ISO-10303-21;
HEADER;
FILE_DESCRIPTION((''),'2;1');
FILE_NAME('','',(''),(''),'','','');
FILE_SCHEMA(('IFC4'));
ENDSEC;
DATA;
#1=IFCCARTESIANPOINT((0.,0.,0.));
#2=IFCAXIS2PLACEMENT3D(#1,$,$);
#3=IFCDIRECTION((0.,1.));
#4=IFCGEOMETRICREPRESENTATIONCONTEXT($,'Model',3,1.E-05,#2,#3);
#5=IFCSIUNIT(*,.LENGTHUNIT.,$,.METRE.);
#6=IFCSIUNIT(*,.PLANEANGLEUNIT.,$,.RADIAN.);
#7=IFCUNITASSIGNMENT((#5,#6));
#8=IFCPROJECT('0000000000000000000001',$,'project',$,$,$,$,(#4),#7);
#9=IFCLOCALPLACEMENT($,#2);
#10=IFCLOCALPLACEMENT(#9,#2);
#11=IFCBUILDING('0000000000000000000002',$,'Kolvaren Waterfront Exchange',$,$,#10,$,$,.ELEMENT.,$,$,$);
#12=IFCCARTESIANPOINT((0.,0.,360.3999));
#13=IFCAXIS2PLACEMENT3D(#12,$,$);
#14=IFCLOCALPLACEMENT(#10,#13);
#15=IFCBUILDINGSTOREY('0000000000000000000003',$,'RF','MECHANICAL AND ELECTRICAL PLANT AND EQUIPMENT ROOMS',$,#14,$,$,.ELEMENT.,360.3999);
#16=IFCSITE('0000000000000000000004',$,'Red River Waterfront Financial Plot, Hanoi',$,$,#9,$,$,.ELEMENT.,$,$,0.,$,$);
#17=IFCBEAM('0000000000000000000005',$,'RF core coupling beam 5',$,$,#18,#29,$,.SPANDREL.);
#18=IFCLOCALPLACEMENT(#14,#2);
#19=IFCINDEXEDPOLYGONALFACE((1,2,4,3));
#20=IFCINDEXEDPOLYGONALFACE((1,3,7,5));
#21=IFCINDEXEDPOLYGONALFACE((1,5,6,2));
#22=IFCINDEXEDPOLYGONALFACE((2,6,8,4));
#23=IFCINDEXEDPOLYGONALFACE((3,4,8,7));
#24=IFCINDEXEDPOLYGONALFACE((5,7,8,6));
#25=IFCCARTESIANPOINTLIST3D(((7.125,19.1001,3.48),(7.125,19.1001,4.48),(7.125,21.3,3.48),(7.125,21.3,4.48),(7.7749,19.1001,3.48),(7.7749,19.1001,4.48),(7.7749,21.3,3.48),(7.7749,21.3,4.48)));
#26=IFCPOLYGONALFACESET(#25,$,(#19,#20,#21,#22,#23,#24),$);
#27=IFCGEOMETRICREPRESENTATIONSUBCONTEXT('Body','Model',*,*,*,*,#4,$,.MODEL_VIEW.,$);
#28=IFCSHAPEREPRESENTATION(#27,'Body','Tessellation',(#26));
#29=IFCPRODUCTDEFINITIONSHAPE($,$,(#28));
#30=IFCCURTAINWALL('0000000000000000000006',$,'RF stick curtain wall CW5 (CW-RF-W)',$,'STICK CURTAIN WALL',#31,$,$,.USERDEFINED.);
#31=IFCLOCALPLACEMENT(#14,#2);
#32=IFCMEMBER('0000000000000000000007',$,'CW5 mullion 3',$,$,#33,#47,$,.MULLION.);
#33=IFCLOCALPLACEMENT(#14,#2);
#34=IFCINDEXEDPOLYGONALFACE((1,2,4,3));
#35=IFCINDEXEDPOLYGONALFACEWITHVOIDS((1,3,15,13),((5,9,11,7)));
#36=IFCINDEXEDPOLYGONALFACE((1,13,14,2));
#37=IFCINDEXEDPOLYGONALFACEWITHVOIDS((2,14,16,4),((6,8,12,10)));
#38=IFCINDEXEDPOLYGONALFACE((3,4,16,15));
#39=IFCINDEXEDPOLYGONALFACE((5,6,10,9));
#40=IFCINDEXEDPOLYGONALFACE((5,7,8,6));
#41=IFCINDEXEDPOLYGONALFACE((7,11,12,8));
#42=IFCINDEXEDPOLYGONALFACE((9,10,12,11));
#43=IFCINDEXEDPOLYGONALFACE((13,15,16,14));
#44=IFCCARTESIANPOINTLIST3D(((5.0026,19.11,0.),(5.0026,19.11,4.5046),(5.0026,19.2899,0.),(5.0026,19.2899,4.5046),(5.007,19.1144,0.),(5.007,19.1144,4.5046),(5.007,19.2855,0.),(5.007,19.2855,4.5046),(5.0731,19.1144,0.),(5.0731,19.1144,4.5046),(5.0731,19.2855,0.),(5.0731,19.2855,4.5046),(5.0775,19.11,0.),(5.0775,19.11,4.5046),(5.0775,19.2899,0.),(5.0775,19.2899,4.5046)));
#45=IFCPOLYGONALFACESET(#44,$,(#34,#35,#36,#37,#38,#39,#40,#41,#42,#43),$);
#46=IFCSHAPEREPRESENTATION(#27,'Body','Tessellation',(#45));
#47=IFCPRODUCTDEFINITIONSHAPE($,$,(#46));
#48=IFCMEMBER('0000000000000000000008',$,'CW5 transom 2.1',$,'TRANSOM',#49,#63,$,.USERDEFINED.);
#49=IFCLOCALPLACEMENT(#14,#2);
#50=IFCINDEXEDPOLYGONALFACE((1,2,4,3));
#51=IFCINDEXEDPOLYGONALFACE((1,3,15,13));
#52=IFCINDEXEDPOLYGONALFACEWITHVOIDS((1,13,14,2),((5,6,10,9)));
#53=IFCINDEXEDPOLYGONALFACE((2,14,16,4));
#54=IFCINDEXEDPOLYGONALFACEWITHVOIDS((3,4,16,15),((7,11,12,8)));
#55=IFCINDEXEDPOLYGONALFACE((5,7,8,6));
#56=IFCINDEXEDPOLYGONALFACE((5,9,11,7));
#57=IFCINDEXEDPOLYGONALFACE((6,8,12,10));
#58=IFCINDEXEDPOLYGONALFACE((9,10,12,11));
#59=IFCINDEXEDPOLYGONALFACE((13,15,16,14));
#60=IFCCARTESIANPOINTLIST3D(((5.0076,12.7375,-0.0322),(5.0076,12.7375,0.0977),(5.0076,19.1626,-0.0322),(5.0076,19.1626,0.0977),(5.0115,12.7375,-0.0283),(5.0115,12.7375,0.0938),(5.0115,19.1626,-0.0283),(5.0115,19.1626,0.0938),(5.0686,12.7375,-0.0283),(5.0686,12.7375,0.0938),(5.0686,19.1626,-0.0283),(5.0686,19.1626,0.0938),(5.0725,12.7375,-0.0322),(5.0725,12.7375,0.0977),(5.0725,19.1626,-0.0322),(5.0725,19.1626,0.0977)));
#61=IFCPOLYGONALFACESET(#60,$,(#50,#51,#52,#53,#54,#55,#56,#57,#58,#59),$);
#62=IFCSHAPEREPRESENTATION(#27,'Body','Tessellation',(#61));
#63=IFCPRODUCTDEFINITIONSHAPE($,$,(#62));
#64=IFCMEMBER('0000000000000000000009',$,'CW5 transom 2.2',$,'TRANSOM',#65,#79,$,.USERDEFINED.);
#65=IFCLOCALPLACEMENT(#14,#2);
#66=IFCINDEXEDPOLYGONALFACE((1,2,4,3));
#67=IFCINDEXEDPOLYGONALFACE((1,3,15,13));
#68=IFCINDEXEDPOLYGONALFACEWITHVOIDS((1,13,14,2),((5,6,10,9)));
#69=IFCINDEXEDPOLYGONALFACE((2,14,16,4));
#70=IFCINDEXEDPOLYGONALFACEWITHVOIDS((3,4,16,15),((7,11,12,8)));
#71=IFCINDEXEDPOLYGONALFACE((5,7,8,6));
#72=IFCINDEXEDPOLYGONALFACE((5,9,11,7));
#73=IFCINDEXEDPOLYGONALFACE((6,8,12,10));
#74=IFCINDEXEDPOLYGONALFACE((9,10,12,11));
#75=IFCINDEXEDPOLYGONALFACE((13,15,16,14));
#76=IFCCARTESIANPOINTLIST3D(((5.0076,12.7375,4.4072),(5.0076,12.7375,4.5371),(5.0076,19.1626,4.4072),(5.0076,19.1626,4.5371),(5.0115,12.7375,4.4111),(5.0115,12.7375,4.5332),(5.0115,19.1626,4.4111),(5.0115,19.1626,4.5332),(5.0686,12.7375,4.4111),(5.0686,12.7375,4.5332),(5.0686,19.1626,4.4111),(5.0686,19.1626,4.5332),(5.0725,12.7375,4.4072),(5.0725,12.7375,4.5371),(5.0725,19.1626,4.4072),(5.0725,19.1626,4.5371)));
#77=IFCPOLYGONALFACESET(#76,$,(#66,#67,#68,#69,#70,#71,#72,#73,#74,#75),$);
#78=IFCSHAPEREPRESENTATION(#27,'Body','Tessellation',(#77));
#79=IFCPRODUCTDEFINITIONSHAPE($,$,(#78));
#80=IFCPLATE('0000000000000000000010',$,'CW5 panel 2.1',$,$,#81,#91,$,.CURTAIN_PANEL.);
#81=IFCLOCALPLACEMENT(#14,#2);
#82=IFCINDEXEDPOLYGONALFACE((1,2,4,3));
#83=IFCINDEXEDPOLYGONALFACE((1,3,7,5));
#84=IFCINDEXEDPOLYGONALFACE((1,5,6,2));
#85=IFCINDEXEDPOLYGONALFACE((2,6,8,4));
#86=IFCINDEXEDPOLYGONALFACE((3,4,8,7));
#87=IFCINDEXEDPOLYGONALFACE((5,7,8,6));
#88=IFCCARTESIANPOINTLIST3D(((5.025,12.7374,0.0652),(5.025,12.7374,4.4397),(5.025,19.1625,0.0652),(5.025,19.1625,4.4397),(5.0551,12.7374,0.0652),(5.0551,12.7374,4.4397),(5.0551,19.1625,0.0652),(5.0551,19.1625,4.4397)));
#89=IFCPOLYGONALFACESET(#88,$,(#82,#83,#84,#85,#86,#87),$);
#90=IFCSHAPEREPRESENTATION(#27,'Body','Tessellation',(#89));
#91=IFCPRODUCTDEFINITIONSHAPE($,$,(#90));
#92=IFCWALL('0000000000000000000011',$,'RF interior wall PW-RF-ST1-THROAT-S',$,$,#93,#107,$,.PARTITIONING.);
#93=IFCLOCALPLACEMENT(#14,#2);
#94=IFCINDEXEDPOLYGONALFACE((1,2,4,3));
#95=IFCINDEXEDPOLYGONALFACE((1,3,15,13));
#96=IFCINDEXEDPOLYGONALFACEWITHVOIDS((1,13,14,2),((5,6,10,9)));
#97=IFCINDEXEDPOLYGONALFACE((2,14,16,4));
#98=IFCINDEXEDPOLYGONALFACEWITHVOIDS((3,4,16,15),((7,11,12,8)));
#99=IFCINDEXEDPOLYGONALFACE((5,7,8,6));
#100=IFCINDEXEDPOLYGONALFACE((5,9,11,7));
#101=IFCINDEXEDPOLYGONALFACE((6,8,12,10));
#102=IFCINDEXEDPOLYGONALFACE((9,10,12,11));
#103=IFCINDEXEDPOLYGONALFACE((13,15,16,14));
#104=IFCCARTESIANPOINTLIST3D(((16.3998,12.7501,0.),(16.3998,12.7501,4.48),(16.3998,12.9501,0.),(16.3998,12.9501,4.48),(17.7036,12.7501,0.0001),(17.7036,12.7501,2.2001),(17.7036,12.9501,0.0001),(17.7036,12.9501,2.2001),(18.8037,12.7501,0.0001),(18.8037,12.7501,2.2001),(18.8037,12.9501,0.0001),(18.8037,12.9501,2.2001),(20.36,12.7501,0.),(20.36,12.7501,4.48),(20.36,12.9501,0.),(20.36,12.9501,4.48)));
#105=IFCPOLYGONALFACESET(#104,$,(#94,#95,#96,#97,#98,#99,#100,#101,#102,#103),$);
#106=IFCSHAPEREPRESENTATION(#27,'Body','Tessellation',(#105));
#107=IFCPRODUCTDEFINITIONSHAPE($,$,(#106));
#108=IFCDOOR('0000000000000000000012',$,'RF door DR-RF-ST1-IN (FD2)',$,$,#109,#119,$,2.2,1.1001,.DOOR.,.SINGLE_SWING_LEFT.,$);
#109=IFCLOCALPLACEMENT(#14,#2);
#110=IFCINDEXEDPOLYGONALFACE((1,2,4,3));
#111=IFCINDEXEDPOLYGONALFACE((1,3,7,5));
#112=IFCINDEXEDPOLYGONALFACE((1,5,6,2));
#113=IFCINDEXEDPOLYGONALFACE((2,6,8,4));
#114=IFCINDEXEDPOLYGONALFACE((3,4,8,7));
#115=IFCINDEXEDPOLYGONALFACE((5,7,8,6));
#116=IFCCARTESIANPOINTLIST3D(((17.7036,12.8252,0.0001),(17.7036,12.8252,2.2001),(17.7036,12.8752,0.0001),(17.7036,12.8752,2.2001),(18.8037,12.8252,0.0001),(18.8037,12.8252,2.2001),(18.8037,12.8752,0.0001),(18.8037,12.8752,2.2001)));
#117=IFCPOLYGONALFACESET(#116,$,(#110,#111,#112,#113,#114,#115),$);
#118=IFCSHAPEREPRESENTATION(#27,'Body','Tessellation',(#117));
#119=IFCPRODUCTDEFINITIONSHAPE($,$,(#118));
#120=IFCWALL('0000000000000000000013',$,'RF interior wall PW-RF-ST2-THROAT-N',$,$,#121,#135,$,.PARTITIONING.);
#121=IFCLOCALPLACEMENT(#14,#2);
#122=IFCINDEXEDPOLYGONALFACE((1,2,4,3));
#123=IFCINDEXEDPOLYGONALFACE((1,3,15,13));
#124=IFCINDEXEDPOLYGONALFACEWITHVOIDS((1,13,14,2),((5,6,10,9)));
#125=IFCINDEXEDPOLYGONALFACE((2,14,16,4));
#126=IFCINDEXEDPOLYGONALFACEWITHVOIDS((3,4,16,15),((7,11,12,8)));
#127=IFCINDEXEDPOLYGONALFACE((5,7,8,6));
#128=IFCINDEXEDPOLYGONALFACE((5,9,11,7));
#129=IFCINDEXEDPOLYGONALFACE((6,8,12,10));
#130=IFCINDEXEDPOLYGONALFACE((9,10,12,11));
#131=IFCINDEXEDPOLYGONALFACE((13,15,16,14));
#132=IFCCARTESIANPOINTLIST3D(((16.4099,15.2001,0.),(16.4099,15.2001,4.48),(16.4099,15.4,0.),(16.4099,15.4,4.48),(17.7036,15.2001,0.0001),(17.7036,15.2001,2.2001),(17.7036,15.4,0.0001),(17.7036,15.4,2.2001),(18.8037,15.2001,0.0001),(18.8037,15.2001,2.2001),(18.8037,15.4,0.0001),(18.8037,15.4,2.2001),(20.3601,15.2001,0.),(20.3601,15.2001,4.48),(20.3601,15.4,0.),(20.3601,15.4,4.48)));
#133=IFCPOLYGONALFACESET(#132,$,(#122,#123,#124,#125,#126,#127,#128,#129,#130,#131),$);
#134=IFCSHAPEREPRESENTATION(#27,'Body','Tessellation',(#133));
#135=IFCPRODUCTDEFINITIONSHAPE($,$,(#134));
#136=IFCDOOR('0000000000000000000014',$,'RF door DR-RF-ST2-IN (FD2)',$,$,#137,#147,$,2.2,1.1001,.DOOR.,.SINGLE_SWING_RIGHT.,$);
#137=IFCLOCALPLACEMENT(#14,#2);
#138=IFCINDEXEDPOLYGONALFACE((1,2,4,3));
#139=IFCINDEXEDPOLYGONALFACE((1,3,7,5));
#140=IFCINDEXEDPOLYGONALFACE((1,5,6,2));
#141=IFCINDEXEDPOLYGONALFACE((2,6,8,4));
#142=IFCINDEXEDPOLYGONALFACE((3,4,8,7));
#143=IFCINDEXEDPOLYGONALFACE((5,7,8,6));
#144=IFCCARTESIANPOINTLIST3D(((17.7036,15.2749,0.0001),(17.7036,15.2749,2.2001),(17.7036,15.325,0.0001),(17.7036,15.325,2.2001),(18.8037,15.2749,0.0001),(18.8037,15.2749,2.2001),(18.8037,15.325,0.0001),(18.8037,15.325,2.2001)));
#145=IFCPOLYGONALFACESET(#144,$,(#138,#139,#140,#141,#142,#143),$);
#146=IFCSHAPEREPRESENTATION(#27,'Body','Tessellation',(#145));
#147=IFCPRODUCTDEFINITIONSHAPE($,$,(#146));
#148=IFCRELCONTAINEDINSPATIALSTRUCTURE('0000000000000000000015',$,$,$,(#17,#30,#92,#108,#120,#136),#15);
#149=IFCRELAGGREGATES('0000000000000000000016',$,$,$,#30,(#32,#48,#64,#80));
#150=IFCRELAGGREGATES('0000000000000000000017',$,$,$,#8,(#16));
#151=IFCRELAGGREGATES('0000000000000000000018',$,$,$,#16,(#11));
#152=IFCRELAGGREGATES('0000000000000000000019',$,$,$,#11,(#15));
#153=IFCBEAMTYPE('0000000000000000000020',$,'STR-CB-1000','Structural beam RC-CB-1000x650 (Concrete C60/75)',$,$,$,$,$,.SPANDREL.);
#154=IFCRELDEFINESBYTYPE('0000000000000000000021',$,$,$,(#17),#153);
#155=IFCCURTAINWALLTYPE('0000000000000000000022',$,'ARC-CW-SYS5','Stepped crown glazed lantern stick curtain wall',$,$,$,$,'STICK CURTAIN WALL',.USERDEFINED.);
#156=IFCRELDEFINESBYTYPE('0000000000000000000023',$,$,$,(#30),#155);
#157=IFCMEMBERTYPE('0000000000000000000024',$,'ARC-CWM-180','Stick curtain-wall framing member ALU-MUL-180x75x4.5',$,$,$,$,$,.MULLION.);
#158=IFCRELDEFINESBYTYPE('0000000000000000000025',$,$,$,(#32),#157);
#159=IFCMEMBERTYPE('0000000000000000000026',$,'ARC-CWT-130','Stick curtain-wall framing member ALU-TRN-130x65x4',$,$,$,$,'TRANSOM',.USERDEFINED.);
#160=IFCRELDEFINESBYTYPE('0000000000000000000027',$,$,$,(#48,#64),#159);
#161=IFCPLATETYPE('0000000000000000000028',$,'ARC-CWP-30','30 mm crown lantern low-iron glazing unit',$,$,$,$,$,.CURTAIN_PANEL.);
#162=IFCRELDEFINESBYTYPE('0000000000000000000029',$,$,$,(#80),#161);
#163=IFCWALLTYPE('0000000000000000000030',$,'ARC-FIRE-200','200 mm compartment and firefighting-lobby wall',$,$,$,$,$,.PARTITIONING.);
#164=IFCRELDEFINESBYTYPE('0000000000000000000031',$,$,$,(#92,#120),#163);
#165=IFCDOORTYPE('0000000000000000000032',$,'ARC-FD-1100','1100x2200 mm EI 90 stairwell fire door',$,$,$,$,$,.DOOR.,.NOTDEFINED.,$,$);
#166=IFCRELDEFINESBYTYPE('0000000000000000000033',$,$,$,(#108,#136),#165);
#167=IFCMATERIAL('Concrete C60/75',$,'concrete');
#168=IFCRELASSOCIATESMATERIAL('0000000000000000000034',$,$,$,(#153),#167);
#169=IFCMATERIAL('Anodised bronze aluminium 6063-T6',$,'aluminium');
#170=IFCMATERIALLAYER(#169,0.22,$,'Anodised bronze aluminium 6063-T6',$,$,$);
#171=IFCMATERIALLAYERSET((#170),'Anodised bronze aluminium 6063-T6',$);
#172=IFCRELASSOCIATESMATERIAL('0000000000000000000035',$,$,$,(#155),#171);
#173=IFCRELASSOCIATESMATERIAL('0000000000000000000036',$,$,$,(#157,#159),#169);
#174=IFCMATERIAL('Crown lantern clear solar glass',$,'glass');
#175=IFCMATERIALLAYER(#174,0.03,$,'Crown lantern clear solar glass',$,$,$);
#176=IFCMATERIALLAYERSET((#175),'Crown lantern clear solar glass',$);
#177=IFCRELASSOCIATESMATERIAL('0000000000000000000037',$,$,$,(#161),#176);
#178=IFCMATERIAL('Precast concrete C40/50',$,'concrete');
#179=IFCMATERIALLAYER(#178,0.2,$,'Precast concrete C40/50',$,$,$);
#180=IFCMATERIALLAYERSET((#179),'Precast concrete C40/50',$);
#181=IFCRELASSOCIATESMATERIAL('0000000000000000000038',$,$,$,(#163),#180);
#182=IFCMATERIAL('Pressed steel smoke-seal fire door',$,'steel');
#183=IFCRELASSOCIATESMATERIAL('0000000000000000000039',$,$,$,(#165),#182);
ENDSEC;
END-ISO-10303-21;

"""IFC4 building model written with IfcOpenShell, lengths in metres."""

from ifc_helpers import new_model, si_unit, direction, frame, frame_2d, origin, origin_with_axes, origin_2d, place, context, subcontext, project, spatial, rectangle, hollow_rectangle, extrude, source, transform, mapped, material, layer, layer_set, material_profile, profile_set, type_object, element, fill, aggregate, save


model = new_model("IFC4")

# Units and contexts
model_context = context("Model", 3, precision=1e-05, world=origin(), true_north=direction((0.0, 1.0)))
body_context = subcontext(model_context, "Body", "Model", "MODEL_VIEW")
ifc_project = project(units=[si_unit("LENGTHUNIT", "METRE"), si_unit("PLANEANGLEUNIT", "RADIAN")], contexts=[model_context])

# Site, building, storey
site_placement = place(None, origin())
site = spatial("IfcSite", under=ifc_project, at=site_placement, Name="Red River Waterfront Financial Plot, Hanoi", CompositionType="ELEMENT", RefElevation=0.0)
building_placement = place(site_placement, origin())
building = spatial("IfcBuilding", under=site, at=building_placement, Name="Kolvaren Waterfront Exchange", CompositionType="ELEMENT")
storey_placement = place(building_placement, frame((0.0, 0.0, 360.3999)))
storey = spatial("IfcBuildingStorey", under=building, at=storey_placement, Name="RF", Description="MECHANICAL AND ELECTRICAL PLANT AND EQUIPMENT ROOMS", CompositionType="ELEMENT", Elevation=360.3999)

# Beam
ifc_material_1 = material(Name="Concrete C60/75", Category="concrete")
ifc_material_profile_1 = material_profile(ifc_material_1, rectangle(XDim=0.6499, YDim=1.0, at=origin_2d()), Name="RC-CB-1000x650")
ifc_profile_set_1 = profile_set([ifc_material_profile_1], Name="Concrete C60/75")
beam_type = type_object("IfcBeamType", Name="STR-CB-1000", Description="Structural beam RC-CB-1000x650 (Concrete C60/75)", PredefinedType="SPANDREL", material=ifc_profile_set_1)
beam_placement = place(storey_placement, frame((7.45, 19.1001, 3.98), z_axis=(0.0, 1.0, 0.0), x_axis=(-1.0, 0.0, 0.0)))
element("IfcBeam", 1, at=beam_placement, inside=storey, type_object=beam_type, Name="RF core coupling beam 5", PredefinedType="SPANDREL", context=body_context, shape_type="SweptSolid", body=[
    extrude(rectangle(XDim=0.6499, YDim=1.0, at=origin_2d()), origin(), (0.0, 0.0, 1.0), 2.2),
])

# Curtain wall, members, plate
ifc_material_2 = material(Name="Anodised bronze aluminium 6063-T6", Category="aluminium")
ifc_layer_1 = layer(ifc_material_2, 0.22, Name="Anodised bronze aluminium 6063-T6")
ifc_layer_set_1 = layer_set([ifc_layer_1], Name="Anodised bronze aluminium 6063-T6")
curtain_wall_type = type_object("IfcCurtainWallType", Name="ARC-CW-SYS5", Description="Stepped crown glazed lantern stick curtain wall", ElementType="STICK CURTAIN WALL", PredefinedType="USERDEFINED", material=ifc_layer_set_1)
curtain_wall_placement = place(storey_placement, origin())
curtain_wall = element("IfcCurtainWall", 2, at=curtain_wall_placement, inside=storey, type_object=curtain_wall_type, Name="RF stick curtain wall CW5 (CW-RF-W)", ObjectType="STICK CURTAIN WALL", PredefinedType="USERDEFINED")
ifc_material_profile_2 = material_profile(ifc_material_2, hollow_rectangle(XDim=0.075, YDim=0.1799, WallThickness=0.0044, at=origin_2d()), Name="ALU-MUL-180x75x4.5")
ifc_profile_set_2 = profile_set([ifc_material_profile_2], Name="Anodised bronze aluminium 6063-T6")
member_type_1 = type_object("IfcMemberType", Name="ARC-CWM-180", Description="Stick curtain-wall framing member ALU-MUL-180x75x4.5", PredefinedType="MULLION", material=ifc_profile_set_2)
shared_shape_1 = source(origin_with_axes(), body_context, "Body", "SweptSolid", [
    extrude(hollow_rectangle(XDim=0.075, YDim=0.1799, WallThickness=0.0044, at=origin_2d()), origin(), (0.0, 0.0, 1.0), 4.5046),
])
member_1_placement = place(storey_placement, frame((5.04, 19.2, 0.0), z_axis=(0.0, 0.0, 1.0), x_axis=(-1.0, 0.0, 0.0)))
member_1 = element("IfcMember", 3, at=member_1_placement, type_object=member_type_1, Name="CW5 mullion 3", PredefinedType="MULLION", context=body_context, shape_type="MappedRepresentation", body=[
    mapped(shared_shape_1, transform((0.0, 0.0, 0.0), x_axis=(1.0, 0.0, 0.0), y_axis=(0.0, 1.0, 0.0), z_axis=(0.0, 0.0, 1.0), scale=1.0)),
])
ifc_material_profile_3 = material_profile(ifc_material_2, hollow_rectangle(XDim=0.0649, YDim=0.1299, WallThickness=0.0039, at=origin_2d()), Name="ALU-TRN-130x65x4")
ifc_profile_set_3 = profile_set([ifc_material_profile_3], Name="Anodised bronze aluminium 6063-T6")
member_type_2 = type_object("IfcMemberType", Name="ARC-CWT-130", Description="Stick curtain-wall framing member ALU-TRN-130x65x4", ElementType="TRANSOM", PredefinedType="USERDEFINED", material=ifc_profile_set_3)
shared_shape_2 = source(origin_with_axes(), body_context, "Body", "SweptSolid", [
    extrude(hollow_rectangle(XDim=0.0649, YDim=0.1299, WallThickness=0.0039, at=origin_2d()), origin(), (0.0, 0.0, 1.0), 6.425),
])
member_2_placement = place(storey_placement, frame((5.04, 12.7375, 0.0327), z_axis=(0.0, 1.0, 0.0), x_axis=(-1.0, 0.0, 0.0)))
member_2 = element("IfcMember", 4, at=member_2_placement, type_object=member_type_2, Name="CW5 transom 2.1", ObjectType="TRANSOM", PredefinedType="USERDEFINED", context=body_context, shape_type="MappedRepresentation", body=[
    mapped(shared_shape_2, transform((0.0, 0.0, 0.0), x_axis=(1.0, 0.0, 0.0), y_axis=(0.0, 1.0, 0.0), z_axis=(0.0, 0.0, 1.0), scale=1.0)),
])
member_3_placement = place(storey_placement, frame((5.04, 12.7375, 4.4722), z_axis=(0.0, 1.0, 0.0), x_axis=(-1.0, 0.0, 0.0)))
member_3 = element("IfcMember", 5, at=member_3_placement, type_object=member_type_2, Name="CW5 transom 2.2", ObjectType="TRANSOM", PredefinedType="USERDEFINED", context=body_context, shape_type="MappedRepresentation", body=[
    mapped(shared_shape_2, transform((0.0, 0.0, 0.0), x_axis=(1.0, 0.0, 0.0), y_axis=(0.0, 1.0, 0.0), z_axis=(0.0, 0.0, 1.0), scale=1.0)),
])
ifc_material_3 = material(Name="Crown lantern clear solar glass", Category="glass")
ifc_layer_2 = layer(ifc_material_3, 0.03, Name="Crown lantern clear solar glass")
ifc_layer_set_2 = layer_set([ifc_layer_2], Name="Crown lantern clear solar glass")
plate_type = type_object("IfcPlateType", Name="ARC-CWP-30", Description="30 mm crown lantern low-iron glazing unit", PredefinedType="CURTAIN_PANEL", material=ifc_layer_set_2)
shared_shape_3 = source(origin_with_axes(), body_context, "Body", "SweptSolid", [
    extrude(rectangle(XDim=6.425, YDim=0.03, at=origin_2d()), origin(), (0.0, 0.0, 1.0), 4.3745),
])
plate_placement = place(storey_placement, frame((5.04, 15.95, 0.0652), z_axis=(0.0, 0.0, 1.0), x_axis=(0.0, 1.0, 0.0)))
plate = element("IfcPlate", 6, at=plate_placement, type_object=plate_type, Name="CW5 panel 2.1", PredefinedType="CURTAIN_PANEL", context=body_context, shape_type="MappedRepresentation", body=[
    mapped(shared_shape_3, transform((0.0, 0.0, 0.0), x_axis=(1.0, 0.0, 0.0), y_axis=(0.0, 1.0, 0.0), z_axis=(0.0, 0.0, 1.0), scale=1.0)),
])
aggregate(curtain_wall, [member_1, member_2, member_3, plate])

# Walls, openings, doors
ifc_material_4 = material(Name="Precast concrete C40/50", Category="concrete")
ifc_layer_3 = layer(ifc_material_4, 0.2, Name="Precast concrete C40/50")
ifc_layer_set_3 = layer_set([ifc_layer_3], Name="Precast concrete C40/50")
wall_type_1 = type_object("IfcWallType", Name="ARC-FIRE-200", Description="200 mm compartment and firefighting-lobby wall", PredefinedType="PARTITIONING", material=ifc_layer_set_3)
wall_1_placement = place(storey_placement, frame((16.3999, 12.8501, 0.0), z_axis=(0.0, 0.0, 1.0), x_axis=(1.0, 0.0, 0.0)))
wall_1 = element("IfcWall", 7, at=wall_1_placement, inside=storey, type_object=wall_type_1, Name="RF interior wall PW-RF-ST1-THROAT-S", PredefinedType="PARTITIONING", context=body_context, shape_type="SweptSolid", body=[
    extrude(rectangle(XDim=3.9602, YDim=0.2, at=frame_2d((1.98, 0.0))), origin(), (0.0, 0.0, 1.0), 4.48),
])
opening_1_placement = place(wall_1_placement, frame((1.3037, 0.0, 0.0)))
opening_1 = element("IfcOpeningElement", 8, at=opening_1_placement, cuts=wall_1, PredefinedType="OPENING", context=body_context, shape_type="SweptSolid", body=[
    extrude(rectangle(XDim=1.1001, YDim=2.2, at=frame_2d((0.55, 1.1001))), frame((0.0, 0.1099, 0.0), z_axis=(0.0, -1.0, 0.0), x_axis=(1.0, 0.0, 0.0)), (0.0, 0.0, 1.0), 0.22),
])
ifc_material_5 = material(Name="Pressed steel smoke-seal fire door", Category="steel")
door_type_1 = type_object("IfcDoorType", Name="ARC-FD-1100", Description="1100x2200 mm EI 90 stairwell fire door", OperationType="NOTDEFINED", PredefinedType="DOOR", material=ifc_material_5)
door_1_placement = place(opening_1_placement, frame((1.1001, 0.0, 0.0), z_axis=(0.0, 0.0, 1.0), x_axis=(-1.0, 0.0, 0.0)))
door_1 = element("IfcDoor", 9, at=door_1_placement, inside=storey, type_object=door_type_1, Name="RF door DR-RF-ST1-IN (FD2)", OperationType="SINGLE_SWING_LEFT", OverallHeight=2.2, OverallWidth=1.1001, PredefinedType="DOOR", context=body_context, shape_type="SweptSolid", body=[
    extrude(rectangle(XDim=1.1001, YDim=2.2, at=frame_2d((0.55, 1.1001))), frame((0.0, 0.0249, 0.0), z_axis=(0.0, -1.0, 0.0), x_axis=(1.0, 0.0, 0.0)), (0.0, 0.0, 1.0), 0.05),
])
fill(opening_1, door_1)
wall_2_placement = place(storey_placement, frame((16.4099, 15.3, 0.0), z_axis=(0.0, 0.0, 1.0), x_axis=(1.0, 0.0, 0.0)))
wall_2 = element("IfcWall", 10, at=wall_2_placement, inside=storey, type_object=wall_type_1, Name="RF interior wall PW-RF-ST2-THROAT-N", PredefinedType="PARTITIONING", context=body_context, shape_type="SweptSolid", body=[
    extrude(rectangle(XDim=3.9502, YDim=0.2, at=frame_2d((1.9751, 0.0))), origin(), (0.0, 0.0, 1.0), 4.48),
])
opening_2_placement = place(wall_2_placement, frame((1.2937, 0.0, 0.0)))
opening_2 = element("IfcOpeningElement", 11, at=opening_2_placement, cuts=wall_2, PredefinedType="OPENING", context=body_context, shape_type="SweptSolid", body=[
    extrude(rectangle(XDim=1.1001, YDim=2.2, at=frame_2d((0.55, 1.1001))), frame((0.0, 0.1099, 0.0), z_axis=(0.0, -1.0, 0.0), x_axis=(1.0, 0.0, 0.0)), (0.0, 0.0, 1.0), 0.22),
])
door_2_placement = place(opening_2_placement, origin())
door_2 = element("IfcDoor", 12, at=door_2_placement, inside=storey, type_object=door_type_1, Name="RF door DR-RF-ST2-IN (FD2)", OperationType="SINGLE_SWING_RIGHT", OverallHeight=2.2, OverallWidth=1.1001, PredefinedType="DOOR", context=body_context, shape_type="SweptSolid", body=[
    extrude(rectangle(XDim=1.1001, YDim=2.2, at=frame_2d((0.55, 1.1001))), frame((0.0, 0.0249, 0.0), z_axis=(0.0, -1.0, 0.0), x_axis=(1.0, 0.0, 0.0)), (0.0, 0.0, 1.0), 0.05),
])
fill(opening_2, door_2)

save(model, "model.ifc")
